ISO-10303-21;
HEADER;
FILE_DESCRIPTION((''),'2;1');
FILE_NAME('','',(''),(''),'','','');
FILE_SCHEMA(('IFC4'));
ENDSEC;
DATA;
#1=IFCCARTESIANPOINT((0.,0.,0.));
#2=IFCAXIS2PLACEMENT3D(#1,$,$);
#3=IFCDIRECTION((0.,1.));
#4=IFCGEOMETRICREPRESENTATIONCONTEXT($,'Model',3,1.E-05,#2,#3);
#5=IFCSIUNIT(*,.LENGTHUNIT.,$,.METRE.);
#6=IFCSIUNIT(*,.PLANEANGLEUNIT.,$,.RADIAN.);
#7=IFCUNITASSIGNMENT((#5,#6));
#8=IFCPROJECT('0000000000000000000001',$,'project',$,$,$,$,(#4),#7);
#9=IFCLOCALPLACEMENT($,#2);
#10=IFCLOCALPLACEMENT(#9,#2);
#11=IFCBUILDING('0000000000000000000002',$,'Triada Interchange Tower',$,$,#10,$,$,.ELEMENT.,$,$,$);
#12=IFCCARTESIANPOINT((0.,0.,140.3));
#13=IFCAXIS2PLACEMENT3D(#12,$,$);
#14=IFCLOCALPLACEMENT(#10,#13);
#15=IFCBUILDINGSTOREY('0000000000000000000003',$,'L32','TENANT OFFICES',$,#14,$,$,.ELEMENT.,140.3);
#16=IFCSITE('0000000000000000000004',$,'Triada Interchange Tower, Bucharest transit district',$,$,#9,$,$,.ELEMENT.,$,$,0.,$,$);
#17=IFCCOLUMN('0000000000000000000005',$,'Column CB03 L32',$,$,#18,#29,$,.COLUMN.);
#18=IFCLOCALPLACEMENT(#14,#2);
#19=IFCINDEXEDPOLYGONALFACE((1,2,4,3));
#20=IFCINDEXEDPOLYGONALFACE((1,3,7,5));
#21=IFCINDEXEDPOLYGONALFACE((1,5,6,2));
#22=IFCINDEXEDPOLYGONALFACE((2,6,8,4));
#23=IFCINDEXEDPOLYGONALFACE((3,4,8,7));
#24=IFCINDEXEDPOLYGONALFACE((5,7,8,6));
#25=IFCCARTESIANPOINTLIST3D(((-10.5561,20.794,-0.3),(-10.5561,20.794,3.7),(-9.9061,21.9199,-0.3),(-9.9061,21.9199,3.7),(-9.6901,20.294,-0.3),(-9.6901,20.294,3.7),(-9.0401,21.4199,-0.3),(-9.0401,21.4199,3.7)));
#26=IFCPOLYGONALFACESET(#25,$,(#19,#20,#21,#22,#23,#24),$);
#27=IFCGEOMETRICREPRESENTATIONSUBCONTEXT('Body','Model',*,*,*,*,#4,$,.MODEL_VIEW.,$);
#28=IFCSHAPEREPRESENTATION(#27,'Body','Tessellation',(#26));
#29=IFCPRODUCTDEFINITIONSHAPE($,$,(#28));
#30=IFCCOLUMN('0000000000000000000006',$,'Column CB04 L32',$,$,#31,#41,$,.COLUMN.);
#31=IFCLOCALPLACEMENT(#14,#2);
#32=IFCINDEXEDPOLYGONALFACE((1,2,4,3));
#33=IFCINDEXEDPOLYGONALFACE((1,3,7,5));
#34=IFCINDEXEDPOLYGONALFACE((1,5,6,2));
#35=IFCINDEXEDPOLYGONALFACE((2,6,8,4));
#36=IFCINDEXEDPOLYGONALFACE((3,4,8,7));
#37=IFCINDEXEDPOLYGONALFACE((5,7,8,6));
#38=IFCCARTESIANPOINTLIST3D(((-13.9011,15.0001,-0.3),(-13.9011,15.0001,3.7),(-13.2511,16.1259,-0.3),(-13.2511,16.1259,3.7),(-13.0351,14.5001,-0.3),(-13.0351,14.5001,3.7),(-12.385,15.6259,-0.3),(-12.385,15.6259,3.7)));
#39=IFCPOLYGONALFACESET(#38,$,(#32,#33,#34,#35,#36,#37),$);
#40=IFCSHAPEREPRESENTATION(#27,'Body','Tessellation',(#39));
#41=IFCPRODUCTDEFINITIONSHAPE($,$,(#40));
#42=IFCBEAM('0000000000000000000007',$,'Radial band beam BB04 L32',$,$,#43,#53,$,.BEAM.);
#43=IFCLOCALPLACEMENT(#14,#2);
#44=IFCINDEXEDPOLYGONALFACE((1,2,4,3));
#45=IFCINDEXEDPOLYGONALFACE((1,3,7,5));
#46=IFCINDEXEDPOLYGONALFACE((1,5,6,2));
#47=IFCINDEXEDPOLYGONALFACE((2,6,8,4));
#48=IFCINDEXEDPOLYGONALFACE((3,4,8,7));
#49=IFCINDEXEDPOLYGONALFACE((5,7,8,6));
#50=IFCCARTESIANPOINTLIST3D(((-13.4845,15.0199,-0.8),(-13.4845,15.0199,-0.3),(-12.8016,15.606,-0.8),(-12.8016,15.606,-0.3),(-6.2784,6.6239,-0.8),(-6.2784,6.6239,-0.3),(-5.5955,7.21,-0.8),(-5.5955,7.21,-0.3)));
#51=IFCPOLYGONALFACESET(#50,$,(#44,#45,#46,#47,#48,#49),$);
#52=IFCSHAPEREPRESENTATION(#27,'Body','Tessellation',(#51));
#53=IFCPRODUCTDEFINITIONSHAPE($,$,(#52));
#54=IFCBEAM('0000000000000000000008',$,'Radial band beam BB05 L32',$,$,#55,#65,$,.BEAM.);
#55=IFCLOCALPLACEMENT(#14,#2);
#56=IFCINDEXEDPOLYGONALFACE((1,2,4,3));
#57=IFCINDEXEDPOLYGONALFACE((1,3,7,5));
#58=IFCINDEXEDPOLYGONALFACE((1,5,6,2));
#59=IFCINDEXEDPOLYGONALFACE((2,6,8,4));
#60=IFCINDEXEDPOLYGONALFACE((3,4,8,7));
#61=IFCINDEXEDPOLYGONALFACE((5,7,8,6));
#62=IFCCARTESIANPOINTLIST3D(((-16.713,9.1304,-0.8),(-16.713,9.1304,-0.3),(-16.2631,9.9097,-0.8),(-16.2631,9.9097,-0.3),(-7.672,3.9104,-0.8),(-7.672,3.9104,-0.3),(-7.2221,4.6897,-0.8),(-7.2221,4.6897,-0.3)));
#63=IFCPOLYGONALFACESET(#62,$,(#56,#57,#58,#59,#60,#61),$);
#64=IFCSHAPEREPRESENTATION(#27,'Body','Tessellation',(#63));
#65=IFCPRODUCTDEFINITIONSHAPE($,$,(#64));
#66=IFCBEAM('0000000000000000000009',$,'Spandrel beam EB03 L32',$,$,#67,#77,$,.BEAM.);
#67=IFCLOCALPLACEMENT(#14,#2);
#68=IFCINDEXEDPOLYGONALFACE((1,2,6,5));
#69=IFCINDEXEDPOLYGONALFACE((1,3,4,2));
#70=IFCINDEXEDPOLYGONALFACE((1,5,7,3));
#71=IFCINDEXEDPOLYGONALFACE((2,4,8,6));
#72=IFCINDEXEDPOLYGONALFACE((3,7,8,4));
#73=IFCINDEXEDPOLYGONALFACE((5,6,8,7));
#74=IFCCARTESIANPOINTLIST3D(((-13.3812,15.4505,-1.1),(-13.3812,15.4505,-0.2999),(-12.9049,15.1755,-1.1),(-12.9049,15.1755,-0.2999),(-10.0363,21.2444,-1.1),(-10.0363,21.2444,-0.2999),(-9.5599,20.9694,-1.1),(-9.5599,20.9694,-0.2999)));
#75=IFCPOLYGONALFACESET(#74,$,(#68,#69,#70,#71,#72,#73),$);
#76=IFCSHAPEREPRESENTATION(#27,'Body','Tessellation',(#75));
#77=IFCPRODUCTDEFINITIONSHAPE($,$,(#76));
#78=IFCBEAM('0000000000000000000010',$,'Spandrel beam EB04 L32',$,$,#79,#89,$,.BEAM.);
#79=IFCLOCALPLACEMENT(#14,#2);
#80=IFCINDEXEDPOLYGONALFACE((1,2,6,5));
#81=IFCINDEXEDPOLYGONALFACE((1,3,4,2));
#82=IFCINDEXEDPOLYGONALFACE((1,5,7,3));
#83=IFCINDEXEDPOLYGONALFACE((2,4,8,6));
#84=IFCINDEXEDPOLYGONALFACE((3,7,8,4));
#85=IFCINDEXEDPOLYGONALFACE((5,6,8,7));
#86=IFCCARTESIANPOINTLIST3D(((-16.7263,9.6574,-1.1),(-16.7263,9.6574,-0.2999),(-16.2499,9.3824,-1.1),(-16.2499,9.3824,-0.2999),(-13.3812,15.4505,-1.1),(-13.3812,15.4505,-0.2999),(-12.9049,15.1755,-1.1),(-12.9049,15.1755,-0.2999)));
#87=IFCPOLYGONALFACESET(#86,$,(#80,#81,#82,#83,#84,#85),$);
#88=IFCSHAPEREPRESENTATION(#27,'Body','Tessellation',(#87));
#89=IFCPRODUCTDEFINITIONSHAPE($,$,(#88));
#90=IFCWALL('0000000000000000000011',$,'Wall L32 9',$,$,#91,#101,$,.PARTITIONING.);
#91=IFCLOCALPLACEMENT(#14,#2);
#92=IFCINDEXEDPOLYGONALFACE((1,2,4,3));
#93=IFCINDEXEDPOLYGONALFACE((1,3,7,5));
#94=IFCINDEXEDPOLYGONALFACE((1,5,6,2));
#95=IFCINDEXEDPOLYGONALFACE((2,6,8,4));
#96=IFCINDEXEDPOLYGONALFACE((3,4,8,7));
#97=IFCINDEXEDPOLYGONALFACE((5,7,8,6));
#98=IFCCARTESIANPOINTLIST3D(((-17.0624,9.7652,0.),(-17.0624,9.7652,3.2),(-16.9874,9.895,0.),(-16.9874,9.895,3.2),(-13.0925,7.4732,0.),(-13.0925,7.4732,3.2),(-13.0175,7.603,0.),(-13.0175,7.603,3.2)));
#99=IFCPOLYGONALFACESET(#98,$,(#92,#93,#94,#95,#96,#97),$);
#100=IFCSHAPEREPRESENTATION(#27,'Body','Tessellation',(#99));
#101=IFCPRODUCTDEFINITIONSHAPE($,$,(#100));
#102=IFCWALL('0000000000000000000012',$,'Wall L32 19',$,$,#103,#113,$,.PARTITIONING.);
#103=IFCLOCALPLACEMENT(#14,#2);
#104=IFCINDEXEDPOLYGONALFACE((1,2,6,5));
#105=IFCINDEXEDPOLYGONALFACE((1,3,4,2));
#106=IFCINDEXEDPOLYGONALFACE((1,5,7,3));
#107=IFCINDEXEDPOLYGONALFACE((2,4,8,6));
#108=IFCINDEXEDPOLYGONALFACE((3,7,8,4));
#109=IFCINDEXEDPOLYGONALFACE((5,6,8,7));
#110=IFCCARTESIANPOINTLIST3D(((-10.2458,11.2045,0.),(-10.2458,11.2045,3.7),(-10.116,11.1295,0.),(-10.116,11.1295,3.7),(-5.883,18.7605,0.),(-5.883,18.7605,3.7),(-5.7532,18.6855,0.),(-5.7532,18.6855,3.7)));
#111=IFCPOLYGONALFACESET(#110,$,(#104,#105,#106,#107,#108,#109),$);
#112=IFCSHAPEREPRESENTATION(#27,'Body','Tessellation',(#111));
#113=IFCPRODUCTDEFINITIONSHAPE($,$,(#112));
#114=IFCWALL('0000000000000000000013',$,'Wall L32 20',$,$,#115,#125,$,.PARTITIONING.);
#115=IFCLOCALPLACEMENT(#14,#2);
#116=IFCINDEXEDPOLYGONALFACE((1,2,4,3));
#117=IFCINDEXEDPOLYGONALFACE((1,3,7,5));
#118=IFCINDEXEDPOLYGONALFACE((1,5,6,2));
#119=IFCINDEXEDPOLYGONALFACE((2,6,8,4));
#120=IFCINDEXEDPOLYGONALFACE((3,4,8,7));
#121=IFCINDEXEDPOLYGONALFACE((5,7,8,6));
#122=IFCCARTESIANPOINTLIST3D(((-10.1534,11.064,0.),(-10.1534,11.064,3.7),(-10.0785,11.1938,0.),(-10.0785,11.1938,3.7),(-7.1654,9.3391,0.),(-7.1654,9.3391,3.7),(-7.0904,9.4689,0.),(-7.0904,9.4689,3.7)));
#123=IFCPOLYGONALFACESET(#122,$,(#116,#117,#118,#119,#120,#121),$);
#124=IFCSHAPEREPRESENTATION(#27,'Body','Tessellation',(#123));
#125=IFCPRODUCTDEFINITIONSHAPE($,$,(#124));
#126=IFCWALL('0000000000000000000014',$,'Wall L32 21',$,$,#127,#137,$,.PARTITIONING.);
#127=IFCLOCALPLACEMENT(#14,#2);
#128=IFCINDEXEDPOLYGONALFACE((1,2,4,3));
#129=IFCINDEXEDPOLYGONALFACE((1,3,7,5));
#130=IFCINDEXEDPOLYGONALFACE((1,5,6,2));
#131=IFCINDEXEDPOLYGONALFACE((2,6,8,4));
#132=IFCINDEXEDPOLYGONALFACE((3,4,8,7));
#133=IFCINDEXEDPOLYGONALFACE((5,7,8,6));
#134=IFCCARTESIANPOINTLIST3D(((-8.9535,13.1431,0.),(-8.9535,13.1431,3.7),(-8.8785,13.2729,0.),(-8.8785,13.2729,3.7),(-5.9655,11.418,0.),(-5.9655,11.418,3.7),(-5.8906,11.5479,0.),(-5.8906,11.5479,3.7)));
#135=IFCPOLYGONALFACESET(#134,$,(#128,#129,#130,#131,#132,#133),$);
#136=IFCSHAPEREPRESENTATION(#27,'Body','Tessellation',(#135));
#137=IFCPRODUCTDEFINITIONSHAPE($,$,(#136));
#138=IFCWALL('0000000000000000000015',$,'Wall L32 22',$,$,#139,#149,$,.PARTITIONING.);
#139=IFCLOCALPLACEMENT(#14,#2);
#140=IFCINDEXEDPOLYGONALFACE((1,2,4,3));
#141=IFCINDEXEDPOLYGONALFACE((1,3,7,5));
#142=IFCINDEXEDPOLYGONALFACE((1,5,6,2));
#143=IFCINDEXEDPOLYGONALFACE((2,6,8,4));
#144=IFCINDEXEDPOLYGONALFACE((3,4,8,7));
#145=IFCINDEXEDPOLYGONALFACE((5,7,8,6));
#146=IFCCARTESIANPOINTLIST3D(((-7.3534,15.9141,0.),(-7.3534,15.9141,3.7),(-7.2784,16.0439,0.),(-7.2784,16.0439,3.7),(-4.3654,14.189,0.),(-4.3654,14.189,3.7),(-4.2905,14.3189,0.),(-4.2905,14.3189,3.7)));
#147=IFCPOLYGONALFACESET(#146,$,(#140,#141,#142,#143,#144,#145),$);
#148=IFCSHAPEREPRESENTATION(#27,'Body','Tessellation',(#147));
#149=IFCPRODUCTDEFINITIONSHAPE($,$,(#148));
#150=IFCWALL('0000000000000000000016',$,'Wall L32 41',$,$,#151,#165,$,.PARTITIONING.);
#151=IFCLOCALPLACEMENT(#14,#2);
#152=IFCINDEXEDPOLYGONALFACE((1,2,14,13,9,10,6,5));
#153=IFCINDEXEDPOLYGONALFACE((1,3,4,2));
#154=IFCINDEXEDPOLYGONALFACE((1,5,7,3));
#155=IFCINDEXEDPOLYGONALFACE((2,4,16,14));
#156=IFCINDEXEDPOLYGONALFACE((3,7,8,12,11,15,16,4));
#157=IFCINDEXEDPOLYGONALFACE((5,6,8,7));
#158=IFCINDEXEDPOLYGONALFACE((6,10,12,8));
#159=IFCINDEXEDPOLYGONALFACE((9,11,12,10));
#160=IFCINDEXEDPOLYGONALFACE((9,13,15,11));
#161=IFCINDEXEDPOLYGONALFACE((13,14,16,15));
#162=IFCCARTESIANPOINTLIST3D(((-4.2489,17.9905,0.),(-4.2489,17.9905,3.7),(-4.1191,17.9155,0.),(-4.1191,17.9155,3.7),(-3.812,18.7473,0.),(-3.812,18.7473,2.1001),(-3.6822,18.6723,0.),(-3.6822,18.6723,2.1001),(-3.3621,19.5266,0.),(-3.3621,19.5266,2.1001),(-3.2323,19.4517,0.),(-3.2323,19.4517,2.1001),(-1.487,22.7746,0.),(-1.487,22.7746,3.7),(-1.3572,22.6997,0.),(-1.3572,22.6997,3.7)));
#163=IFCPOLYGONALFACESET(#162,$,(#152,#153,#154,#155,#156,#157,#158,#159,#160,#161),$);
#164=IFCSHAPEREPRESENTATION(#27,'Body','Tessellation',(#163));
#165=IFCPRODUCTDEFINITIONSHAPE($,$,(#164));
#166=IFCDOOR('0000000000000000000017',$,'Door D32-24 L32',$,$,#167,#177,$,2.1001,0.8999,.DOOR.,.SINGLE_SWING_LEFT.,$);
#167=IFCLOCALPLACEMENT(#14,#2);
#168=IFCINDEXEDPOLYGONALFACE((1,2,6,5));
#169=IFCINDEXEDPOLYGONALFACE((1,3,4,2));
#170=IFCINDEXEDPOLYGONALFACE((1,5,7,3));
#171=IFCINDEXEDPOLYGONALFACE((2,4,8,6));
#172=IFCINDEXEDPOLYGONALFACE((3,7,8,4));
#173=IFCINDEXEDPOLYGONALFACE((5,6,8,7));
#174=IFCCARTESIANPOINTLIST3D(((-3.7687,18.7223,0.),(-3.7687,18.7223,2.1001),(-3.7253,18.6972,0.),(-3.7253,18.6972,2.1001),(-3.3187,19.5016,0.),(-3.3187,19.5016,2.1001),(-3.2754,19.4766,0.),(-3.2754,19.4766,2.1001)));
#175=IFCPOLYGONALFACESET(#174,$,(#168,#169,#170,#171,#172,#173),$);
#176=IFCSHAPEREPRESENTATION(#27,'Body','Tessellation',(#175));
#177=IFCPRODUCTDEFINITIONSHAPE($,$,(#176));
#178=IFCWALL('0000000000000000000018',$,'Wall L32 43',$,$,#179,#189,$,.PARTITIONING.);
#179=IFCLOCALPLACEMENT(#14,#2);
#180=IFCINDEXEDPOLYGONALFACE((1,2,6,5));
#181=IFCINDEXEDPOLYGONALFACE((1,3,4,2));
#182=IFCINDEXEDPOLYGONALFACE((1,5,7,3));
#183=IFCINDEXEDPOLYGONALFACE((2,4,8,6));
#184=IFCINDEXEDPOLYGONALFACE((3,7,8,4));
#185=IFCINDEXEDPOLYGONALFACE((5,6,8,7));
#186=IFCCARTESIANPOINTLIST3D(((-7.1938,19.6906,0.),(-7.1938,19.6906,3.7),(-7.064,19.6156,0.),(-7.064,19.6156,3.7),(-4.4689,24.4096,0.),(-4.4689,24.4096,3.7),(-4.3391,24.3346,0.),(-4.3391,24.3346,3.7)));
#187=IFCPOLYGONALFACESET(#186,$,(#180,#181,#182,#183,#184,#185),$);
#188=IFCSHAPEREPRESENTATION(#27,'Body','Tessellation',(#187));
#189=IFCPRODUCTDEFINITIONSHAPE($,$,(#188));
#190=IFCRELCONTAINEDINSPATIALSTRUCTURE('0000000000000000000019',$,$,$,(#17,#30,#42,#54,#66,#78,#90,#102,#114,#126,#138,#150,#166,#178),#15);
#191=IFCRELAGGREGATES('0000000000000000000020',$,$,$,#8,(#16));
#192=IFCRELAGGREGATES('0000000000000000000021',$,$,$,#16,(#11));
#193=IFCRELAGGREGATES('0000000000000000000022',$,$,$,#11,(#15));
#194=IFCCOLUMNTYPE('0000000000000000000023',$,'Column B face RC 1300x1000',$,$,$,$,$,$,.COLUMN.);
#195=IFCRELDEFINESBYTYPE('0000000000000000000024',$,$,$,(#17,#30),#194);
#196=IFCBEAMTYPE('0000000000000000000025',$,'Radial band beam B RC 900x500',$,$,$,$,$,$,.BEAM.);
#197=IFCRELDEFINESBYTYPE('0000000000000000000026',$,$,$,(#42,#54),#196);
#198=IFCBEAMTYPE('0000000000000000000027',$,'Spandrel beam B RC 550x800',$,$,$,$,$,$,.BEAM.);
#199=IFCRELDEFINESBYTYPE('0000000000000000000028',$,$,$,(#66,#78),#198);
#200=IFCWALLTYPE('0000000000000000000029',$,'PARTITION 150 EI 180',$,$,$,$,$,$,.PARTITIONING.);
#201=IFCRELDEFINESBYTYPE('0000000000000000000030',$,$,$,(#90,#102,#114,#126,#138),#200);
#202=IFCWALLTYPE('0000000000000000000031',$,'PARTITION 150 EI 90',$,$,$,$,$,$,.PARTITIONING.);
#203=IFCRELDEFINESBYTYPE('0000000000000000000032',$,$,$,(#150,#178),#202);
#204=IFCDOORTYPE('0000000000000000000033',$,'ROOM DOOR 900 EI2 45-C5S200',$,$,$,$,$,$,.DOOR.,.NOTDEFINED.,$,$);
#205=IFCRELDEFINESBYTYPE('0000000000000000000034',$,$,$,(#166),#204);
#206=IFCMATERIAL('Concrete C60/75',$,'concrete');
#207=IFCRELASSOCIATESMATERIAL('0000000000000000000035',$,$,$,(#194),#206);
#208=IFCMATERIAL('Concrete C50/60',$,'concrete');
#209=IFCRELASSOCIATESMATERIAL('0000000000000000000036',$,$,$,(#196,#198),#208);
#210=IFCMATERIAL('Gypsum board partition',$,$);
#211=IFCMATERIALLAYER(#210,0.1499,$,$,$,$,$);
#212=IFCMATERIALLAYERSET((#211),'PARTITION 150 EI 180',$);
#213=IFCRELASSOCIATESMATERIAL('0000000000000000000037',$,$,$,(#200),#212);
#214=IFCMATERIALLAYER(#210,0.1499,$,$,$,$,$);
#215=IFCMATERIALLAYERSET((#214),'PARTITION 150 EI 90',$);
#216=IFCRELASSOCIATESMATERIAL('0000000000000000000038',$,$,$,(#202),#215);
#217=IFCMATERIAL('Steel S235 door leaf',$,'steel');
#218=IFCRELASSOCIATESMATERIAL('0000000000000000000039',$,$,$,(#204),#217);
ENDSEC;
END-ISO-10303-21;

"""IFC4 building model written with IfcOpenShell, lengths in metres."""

from ifc_helpers import new_model, si_unit, direction, frame, frame_2d, origin, origin_2d, place, context, subcontext, project, spatial, rectangle, extrude, material, layer, layer_set, material_profile, profile_set, type_object, element, fill, save


model = new_model("IFC4")

# Units and contexts
model_context = context("Model", 3, precision=1e-05, world=origin(), true_north=direction((0.0, 1.0)))
body_context = subcontext(model_context, "Body", "Model", "MODEL_VIEW")
ifc_project = project(units=[si_unit("LENGTHUNIT", "METRE"), si_unit("PLANEANGLEUNIT", "RADIAN")], contexts=[model_context])

# Site, building, storey
site_placement = place(None, origin())
site = spatial("IfcSite", under=ifc_project, at=site_placement, Name="Triada Interchange Tower, Bucharest transit district", CompositionType="ELEMENT", RefElevation=0.0)
building_placement = place(site_placement, origin())
building = spatial("IfcBuilding", under=site, at=building_placement, Name="Triada Interchange Tower", CompositionType="ELEMENT")
storey_placement = place(building_placement, frame((0.0, 0.0, 140.3)))
storey = spatial("IfcBuildingStorey", under=building, at=storey_placement, Name="L32", Description="TENANT OFFICES", CompositionType="ELEMENT", Elevation=140.3)

# Columns
ifc_material_1 = material(Name="Concrete C60/75", Category="concrete")
ifc_material_profile_1 = material_profile(ifc_material_1, rectangle(XDim=1.3, YDim=1.0, at=origin_2d()), Name="RC 1300x1000")
ifc_profile_set_1 = profile_set([ifc_material_profile_1], Name="Concrete C60/75")
column_type = type_object("IfcColumnType", Name="Column B face RC 1300x1000", PredefinedType="COLUMN", material=ifc_profile_set_1)
for number, where, z_axis, x_axis, name in (
    (1, (-9.7981, 21.1069, -0.3), (0.0, 0.0, 1.0), (0.5, 0.866025, 0.0), "Column CB03 L32"),
    (2, (-13.1431, 15.313, -0.3), (0.0, 0.0, 1.0), (0.5, 0.866025, 0.0), "Column CB04 L32"),
):
    element("IfcColumn", number, at=place(storey_placement, frame(where, z_axis=z_axis, x_axis=x_axis)), inside=storey, type_object=column_type, Name=name, PredefinedType="COLUMN", context=body_context, shape_type="SweptSolid", body=[
        extrude(rectangle(XDim=1.3, YDim=1.0, at=origin_2d()), origin(), (0.0, 0.0, 1.0), 4.0),
    ])

# Beams
ifc_material_2 = material(Name="Concrete C50/60", Category="concrete")
ifc_material_profile_2 = material_profile(ifc_material_2, rectangle(XDim=0.8999, YDim=0.5, at=origin_2d()), Name="RC 900x500")
ifc_profile_set_2 = profile_set([ifc_material_profile_2], Name="Concrete C50/60")
beam_type_1 = type_object("IfcBeamType", Name="Radial band beam B RC 900x500", PredefinedType="BEAM", material=ifc_profile_set_2)
beam_1_placement = place(storey_placement, frame((-13.1431, 15.313, -0.55), z_axis=(0.651286, -0.758833, 0.0), x_axis=(0.758833, 0.651286, 0.0)))
element("IfcBeam", 3, at=beam_1_placement, inside=storey, type_object=beam_type_1, Name="Radial band beam BB04 L32", PredefinedType="BEAM", context=body_context, shape_type="SweptSolid", body=[
    extrude(rectangle(XDim=0.8999, YDim=0.5, at=origin_2d()), origin(), (0.0, 0.0, 1.0), 11.0645),
])
beam_2_placement = place(storey_placement, frame((-16.488, 9.52, -0.55), z_axis=(0.86602, -0.50001, 0.0), x_axis=(0.50001, 0.86602, 0.0)))
element("IfcBeam", 4, at=beam_2_placement, inside=storey, type_object=beam_type_1, Name="Radial band beam BB05 L32", PredefinedType="BEAM", context=body_context, shape_type="SweptSolid", body=[
    extrude(rectangle(XDim=0.8999, YDim=0.5, at=origin_2d()), origin(), (0.0, 0.0, 1.0), 10.4397),
])
ifc_material_profile_3 = material_profile(ifc_material_2, rectangle(XDim=0.55, YDim=0.8, at=origin_2d()), Name="RC 550x800")
ifc_profile_set_3 = profile_set([ifc_material_profile_3], Name="Concrete C50/60")
beam_type_2 = type_object("IfcBeamType", Name="Spandrel beam B RC 550x800", PredefinedType="BEAM", material=ifc_profile_set_3)
beam_3_placement = place(storey_placement, frame((-9.7981, 21.1069, -0.7), z_axis=(-0.499981, -0.866036, 0.0), x_axis=(0.866036, -0.499981, 0.0)))
element("IfcBeam", 5, at=beam_3_placement, inside=storey, type_object=beam_type_2, Name="Spandrel beam EB03 L32", PredefinedType="BEAM", context=body_context, shape_type="SweptSolid", body=[
    extrude(rectangle(XDim=0.55, YDim=0.8, at=origin_2d()), origin(), (0.0, 0.0, 1.0), 6.6902),
])
beam_4_placement = place(storey_placement, frame((-13.1431, 15.313, -0.7), z_axis=(-0.500045, -0.866, 0.0), x_axis=(0.866, -0.500045, 0.0)))
element("IfcBeam", 6, at=beam_4_placement, inside=storey, type_object=beam_type_2, Name="Spandrel beam EB04 L32", PredefinedType="BEAM", context=body_context, shape_type="SweptSolid", body=[
    extrude(rectangle(XDim=0.55, YDim=0.8, at=origin_2d()), origin(), (0.0, 0.0, 1.0), 6.6895),
])

# Shared definitions
ifc_material_3 = material(Name="Steel S235 door leaf", Category="steel")

# Walls
ifc_material_4 = material(Name="Gypsum board partition")
ifc_layer_1 = layer(ifc_material_4, 0.1499)
ifc_layer_set_1 = layer_set([ifc_layer_1], Name="PARTITION 150 EI 180")
wall_type_1 = type_object("IfcWallType", Name="PARTITION 150 EI 180", PredefinedType="PARTITIONING", material=ifc_layer_set_1)
wall_1_placement = place(storey_placement, frame((-17.0249, 9.8301, 0.0), z_axis=(0.0, 0.0, 1.0), x_axis=(0.866032, -0.499988, 0.0)))
element("IfcWall", 7, at=wall_1_placement, inside=storey, type_object=wall_type_1, Name="Wall L32 9", PredefinedType="PARTITIONING", context=body_context, shape_type="SweptSolid", body=[
    extrude(rectangle(XDim=4.584, YDim=0.1499, at=frame_2d((2.292, 0.0))), origin(), (0.0, 0.0, 1.0), 3.2),
])
wall_2_placement = place(storey_placement, frame((-10.1809, 11.167, 0.0), z_axis=(0.0, 0.0, 1.0), x_axis=(0.500033, 0.866006, 0.0)))
element("IfcWall", 8, at=wall_2_placement, inside=storey, type_object=wall_type_1, Name="Wall L32 19", PredefinedType="PARTITIONING", context=body_context, shape_type="SweptSolid", body=[
    extrude(rectangle(XDim=8.7251, YDim=0.1499, at=frame_2d((4.3625, 0.0))), origin(), (0.0, 0.0, 1.0), 3.7),
])
for number, where, z_axis, x_axis, name in (
    (9, (-10.116, 11.1289, 0.0), (0.0, 0.0, 1.0), (0.866062, -0.499937, 0.0), "Wall L32 20"),
    (10, (-8.916, 13.208, 0.0), (0.0, 0.0, 1.0), (0.866031, -0.49999, 0.0), "Wall L32 21"),
    (11, (-7.3159, 15.979, 0.0), (0.0, 0.0, 1.0), (0.866031, -0.49999, 0.0), "Wall L32 22"),
):
    element("IfcWall", number, at=place(storey_placement, frame(where, z_axis=z_axis, x_axis=x_axis)), inside=storey, type_object=wall_type_1, Name=name, PredefinedType="PARTITIONING", context=body_context, shape_type="SweptSolid", body=[
        extrude(rectangle(XDim=3.4502, YDim=0.1499, at=frame_2d((1.7251, 0.0))), origin(), (0.0, 0.0, 1.0), 3.7),
    ])

# Wall, opening, door
ifc_layer_2 = layer(ifc_material_4, 0.1499)
ifc_layer_set_2 = layer_set([ifc_layer_2], Name="PARTITION 150 EI 90")
wall_type_2 = type_object("IfcWallType", Name="PARTITION 150 EI 90", PredefinedType="PARTITIONING", material=ifc_layer_set_2)
wall_3_placement = place(storey_placement, frame((-4.1841, 17.9529, 0.0), z_axis=(0.0, 0.0, 1.0), x_axis=(0.499975, 0.86604, 0.0)))
wall_3 = element("IfcWall", 12, at=wall_3_placement, inside=storey, type_object=wall_type_2, Name="Wall L32 41", PredefinedType="PARTITIONING", context=body_context, shape_type="SweptSolid", body=[
    extrude(rectangle(XDim=5.5242, YDim=0.1499, at=frame_2d((2.7622, 0.0))), origin(), (0.0, 0.0, 1.0), 3.7),
])
opening_1_placement = place(wall_3_placement, frame((0.874, 0.0, 0.0)))
opening_1 = element("IfcOpeningElement", 13, at=opening_1_placement, cuts=wall_3, PredefinedType="OPENING", context=body_context, shape_type="SweptSolid", body=[
    extrude(rectangle(XDim=0.8999, YDim=2.1001, at=frame_2d((0.45, 1.05))), frame((0.0, 0.085, 0.0), z_axis=(0.0, -1.0, 0.0), x_axis=(1.0, 0.0, 0.0)), (0.0, 0.0, 1.0), 0.1699),
])
door_type_1 = type_object("IfcDoorType", Name="ROOM DOOR 900 EI2 45-C5S200", OperationType="NOTDEFINED", PredefinedType="DOOR", material=ifc_material_3)
door_1_placement = place(opening_1_placement, origin())
door_1 = element("IfcDoor", 14, at=door_1_placement, inside=storey, type_object=door_type_1, Name="Door D32-24 L32", OperationType="SINGLE_SWING_LEFT", OverallHeight=2.1001, OverallWidth=0.8999, PredefinedType="DOOR", context=body_context, shape_type="SweptSolid", body=[
    extrude(rectangle(XDim=0.8999, YDim=2.1001, at=frame_2d((0.45, 1.05))), frame((0.0, 0.0249, 0.0), z_axis=(0.0, -1.0, 0.0), x_axis=(1.0, 0.0, 0.0)), (0.0, 0.0, 1.0), 0.05),
])
fill(opening_1, door_1)

# Wall
wall_4_placement = place(storey_placement, frame((-7.1289, 19.6531, 0.0), z_axis=(0.0, 0.0, 1.0), x_axis=(0.500047, 0.865998, 0.0)))
element("IfcWall", 15, at=wall_4_placement, inside=storey, type_object=wall_type_2, Name="Wall L32 43", PredefinedType="PARTITIONING", context=body_context, shape_type="SweptSolid", body=[
    extrude(rectangle(XDim=5.4492, YDim=0.1499, at=frame_2d((2.7246, 0.0))), origin(), (0.0, 0.0, 1.0), 3.7),
])

save(model, "model.ifc")
